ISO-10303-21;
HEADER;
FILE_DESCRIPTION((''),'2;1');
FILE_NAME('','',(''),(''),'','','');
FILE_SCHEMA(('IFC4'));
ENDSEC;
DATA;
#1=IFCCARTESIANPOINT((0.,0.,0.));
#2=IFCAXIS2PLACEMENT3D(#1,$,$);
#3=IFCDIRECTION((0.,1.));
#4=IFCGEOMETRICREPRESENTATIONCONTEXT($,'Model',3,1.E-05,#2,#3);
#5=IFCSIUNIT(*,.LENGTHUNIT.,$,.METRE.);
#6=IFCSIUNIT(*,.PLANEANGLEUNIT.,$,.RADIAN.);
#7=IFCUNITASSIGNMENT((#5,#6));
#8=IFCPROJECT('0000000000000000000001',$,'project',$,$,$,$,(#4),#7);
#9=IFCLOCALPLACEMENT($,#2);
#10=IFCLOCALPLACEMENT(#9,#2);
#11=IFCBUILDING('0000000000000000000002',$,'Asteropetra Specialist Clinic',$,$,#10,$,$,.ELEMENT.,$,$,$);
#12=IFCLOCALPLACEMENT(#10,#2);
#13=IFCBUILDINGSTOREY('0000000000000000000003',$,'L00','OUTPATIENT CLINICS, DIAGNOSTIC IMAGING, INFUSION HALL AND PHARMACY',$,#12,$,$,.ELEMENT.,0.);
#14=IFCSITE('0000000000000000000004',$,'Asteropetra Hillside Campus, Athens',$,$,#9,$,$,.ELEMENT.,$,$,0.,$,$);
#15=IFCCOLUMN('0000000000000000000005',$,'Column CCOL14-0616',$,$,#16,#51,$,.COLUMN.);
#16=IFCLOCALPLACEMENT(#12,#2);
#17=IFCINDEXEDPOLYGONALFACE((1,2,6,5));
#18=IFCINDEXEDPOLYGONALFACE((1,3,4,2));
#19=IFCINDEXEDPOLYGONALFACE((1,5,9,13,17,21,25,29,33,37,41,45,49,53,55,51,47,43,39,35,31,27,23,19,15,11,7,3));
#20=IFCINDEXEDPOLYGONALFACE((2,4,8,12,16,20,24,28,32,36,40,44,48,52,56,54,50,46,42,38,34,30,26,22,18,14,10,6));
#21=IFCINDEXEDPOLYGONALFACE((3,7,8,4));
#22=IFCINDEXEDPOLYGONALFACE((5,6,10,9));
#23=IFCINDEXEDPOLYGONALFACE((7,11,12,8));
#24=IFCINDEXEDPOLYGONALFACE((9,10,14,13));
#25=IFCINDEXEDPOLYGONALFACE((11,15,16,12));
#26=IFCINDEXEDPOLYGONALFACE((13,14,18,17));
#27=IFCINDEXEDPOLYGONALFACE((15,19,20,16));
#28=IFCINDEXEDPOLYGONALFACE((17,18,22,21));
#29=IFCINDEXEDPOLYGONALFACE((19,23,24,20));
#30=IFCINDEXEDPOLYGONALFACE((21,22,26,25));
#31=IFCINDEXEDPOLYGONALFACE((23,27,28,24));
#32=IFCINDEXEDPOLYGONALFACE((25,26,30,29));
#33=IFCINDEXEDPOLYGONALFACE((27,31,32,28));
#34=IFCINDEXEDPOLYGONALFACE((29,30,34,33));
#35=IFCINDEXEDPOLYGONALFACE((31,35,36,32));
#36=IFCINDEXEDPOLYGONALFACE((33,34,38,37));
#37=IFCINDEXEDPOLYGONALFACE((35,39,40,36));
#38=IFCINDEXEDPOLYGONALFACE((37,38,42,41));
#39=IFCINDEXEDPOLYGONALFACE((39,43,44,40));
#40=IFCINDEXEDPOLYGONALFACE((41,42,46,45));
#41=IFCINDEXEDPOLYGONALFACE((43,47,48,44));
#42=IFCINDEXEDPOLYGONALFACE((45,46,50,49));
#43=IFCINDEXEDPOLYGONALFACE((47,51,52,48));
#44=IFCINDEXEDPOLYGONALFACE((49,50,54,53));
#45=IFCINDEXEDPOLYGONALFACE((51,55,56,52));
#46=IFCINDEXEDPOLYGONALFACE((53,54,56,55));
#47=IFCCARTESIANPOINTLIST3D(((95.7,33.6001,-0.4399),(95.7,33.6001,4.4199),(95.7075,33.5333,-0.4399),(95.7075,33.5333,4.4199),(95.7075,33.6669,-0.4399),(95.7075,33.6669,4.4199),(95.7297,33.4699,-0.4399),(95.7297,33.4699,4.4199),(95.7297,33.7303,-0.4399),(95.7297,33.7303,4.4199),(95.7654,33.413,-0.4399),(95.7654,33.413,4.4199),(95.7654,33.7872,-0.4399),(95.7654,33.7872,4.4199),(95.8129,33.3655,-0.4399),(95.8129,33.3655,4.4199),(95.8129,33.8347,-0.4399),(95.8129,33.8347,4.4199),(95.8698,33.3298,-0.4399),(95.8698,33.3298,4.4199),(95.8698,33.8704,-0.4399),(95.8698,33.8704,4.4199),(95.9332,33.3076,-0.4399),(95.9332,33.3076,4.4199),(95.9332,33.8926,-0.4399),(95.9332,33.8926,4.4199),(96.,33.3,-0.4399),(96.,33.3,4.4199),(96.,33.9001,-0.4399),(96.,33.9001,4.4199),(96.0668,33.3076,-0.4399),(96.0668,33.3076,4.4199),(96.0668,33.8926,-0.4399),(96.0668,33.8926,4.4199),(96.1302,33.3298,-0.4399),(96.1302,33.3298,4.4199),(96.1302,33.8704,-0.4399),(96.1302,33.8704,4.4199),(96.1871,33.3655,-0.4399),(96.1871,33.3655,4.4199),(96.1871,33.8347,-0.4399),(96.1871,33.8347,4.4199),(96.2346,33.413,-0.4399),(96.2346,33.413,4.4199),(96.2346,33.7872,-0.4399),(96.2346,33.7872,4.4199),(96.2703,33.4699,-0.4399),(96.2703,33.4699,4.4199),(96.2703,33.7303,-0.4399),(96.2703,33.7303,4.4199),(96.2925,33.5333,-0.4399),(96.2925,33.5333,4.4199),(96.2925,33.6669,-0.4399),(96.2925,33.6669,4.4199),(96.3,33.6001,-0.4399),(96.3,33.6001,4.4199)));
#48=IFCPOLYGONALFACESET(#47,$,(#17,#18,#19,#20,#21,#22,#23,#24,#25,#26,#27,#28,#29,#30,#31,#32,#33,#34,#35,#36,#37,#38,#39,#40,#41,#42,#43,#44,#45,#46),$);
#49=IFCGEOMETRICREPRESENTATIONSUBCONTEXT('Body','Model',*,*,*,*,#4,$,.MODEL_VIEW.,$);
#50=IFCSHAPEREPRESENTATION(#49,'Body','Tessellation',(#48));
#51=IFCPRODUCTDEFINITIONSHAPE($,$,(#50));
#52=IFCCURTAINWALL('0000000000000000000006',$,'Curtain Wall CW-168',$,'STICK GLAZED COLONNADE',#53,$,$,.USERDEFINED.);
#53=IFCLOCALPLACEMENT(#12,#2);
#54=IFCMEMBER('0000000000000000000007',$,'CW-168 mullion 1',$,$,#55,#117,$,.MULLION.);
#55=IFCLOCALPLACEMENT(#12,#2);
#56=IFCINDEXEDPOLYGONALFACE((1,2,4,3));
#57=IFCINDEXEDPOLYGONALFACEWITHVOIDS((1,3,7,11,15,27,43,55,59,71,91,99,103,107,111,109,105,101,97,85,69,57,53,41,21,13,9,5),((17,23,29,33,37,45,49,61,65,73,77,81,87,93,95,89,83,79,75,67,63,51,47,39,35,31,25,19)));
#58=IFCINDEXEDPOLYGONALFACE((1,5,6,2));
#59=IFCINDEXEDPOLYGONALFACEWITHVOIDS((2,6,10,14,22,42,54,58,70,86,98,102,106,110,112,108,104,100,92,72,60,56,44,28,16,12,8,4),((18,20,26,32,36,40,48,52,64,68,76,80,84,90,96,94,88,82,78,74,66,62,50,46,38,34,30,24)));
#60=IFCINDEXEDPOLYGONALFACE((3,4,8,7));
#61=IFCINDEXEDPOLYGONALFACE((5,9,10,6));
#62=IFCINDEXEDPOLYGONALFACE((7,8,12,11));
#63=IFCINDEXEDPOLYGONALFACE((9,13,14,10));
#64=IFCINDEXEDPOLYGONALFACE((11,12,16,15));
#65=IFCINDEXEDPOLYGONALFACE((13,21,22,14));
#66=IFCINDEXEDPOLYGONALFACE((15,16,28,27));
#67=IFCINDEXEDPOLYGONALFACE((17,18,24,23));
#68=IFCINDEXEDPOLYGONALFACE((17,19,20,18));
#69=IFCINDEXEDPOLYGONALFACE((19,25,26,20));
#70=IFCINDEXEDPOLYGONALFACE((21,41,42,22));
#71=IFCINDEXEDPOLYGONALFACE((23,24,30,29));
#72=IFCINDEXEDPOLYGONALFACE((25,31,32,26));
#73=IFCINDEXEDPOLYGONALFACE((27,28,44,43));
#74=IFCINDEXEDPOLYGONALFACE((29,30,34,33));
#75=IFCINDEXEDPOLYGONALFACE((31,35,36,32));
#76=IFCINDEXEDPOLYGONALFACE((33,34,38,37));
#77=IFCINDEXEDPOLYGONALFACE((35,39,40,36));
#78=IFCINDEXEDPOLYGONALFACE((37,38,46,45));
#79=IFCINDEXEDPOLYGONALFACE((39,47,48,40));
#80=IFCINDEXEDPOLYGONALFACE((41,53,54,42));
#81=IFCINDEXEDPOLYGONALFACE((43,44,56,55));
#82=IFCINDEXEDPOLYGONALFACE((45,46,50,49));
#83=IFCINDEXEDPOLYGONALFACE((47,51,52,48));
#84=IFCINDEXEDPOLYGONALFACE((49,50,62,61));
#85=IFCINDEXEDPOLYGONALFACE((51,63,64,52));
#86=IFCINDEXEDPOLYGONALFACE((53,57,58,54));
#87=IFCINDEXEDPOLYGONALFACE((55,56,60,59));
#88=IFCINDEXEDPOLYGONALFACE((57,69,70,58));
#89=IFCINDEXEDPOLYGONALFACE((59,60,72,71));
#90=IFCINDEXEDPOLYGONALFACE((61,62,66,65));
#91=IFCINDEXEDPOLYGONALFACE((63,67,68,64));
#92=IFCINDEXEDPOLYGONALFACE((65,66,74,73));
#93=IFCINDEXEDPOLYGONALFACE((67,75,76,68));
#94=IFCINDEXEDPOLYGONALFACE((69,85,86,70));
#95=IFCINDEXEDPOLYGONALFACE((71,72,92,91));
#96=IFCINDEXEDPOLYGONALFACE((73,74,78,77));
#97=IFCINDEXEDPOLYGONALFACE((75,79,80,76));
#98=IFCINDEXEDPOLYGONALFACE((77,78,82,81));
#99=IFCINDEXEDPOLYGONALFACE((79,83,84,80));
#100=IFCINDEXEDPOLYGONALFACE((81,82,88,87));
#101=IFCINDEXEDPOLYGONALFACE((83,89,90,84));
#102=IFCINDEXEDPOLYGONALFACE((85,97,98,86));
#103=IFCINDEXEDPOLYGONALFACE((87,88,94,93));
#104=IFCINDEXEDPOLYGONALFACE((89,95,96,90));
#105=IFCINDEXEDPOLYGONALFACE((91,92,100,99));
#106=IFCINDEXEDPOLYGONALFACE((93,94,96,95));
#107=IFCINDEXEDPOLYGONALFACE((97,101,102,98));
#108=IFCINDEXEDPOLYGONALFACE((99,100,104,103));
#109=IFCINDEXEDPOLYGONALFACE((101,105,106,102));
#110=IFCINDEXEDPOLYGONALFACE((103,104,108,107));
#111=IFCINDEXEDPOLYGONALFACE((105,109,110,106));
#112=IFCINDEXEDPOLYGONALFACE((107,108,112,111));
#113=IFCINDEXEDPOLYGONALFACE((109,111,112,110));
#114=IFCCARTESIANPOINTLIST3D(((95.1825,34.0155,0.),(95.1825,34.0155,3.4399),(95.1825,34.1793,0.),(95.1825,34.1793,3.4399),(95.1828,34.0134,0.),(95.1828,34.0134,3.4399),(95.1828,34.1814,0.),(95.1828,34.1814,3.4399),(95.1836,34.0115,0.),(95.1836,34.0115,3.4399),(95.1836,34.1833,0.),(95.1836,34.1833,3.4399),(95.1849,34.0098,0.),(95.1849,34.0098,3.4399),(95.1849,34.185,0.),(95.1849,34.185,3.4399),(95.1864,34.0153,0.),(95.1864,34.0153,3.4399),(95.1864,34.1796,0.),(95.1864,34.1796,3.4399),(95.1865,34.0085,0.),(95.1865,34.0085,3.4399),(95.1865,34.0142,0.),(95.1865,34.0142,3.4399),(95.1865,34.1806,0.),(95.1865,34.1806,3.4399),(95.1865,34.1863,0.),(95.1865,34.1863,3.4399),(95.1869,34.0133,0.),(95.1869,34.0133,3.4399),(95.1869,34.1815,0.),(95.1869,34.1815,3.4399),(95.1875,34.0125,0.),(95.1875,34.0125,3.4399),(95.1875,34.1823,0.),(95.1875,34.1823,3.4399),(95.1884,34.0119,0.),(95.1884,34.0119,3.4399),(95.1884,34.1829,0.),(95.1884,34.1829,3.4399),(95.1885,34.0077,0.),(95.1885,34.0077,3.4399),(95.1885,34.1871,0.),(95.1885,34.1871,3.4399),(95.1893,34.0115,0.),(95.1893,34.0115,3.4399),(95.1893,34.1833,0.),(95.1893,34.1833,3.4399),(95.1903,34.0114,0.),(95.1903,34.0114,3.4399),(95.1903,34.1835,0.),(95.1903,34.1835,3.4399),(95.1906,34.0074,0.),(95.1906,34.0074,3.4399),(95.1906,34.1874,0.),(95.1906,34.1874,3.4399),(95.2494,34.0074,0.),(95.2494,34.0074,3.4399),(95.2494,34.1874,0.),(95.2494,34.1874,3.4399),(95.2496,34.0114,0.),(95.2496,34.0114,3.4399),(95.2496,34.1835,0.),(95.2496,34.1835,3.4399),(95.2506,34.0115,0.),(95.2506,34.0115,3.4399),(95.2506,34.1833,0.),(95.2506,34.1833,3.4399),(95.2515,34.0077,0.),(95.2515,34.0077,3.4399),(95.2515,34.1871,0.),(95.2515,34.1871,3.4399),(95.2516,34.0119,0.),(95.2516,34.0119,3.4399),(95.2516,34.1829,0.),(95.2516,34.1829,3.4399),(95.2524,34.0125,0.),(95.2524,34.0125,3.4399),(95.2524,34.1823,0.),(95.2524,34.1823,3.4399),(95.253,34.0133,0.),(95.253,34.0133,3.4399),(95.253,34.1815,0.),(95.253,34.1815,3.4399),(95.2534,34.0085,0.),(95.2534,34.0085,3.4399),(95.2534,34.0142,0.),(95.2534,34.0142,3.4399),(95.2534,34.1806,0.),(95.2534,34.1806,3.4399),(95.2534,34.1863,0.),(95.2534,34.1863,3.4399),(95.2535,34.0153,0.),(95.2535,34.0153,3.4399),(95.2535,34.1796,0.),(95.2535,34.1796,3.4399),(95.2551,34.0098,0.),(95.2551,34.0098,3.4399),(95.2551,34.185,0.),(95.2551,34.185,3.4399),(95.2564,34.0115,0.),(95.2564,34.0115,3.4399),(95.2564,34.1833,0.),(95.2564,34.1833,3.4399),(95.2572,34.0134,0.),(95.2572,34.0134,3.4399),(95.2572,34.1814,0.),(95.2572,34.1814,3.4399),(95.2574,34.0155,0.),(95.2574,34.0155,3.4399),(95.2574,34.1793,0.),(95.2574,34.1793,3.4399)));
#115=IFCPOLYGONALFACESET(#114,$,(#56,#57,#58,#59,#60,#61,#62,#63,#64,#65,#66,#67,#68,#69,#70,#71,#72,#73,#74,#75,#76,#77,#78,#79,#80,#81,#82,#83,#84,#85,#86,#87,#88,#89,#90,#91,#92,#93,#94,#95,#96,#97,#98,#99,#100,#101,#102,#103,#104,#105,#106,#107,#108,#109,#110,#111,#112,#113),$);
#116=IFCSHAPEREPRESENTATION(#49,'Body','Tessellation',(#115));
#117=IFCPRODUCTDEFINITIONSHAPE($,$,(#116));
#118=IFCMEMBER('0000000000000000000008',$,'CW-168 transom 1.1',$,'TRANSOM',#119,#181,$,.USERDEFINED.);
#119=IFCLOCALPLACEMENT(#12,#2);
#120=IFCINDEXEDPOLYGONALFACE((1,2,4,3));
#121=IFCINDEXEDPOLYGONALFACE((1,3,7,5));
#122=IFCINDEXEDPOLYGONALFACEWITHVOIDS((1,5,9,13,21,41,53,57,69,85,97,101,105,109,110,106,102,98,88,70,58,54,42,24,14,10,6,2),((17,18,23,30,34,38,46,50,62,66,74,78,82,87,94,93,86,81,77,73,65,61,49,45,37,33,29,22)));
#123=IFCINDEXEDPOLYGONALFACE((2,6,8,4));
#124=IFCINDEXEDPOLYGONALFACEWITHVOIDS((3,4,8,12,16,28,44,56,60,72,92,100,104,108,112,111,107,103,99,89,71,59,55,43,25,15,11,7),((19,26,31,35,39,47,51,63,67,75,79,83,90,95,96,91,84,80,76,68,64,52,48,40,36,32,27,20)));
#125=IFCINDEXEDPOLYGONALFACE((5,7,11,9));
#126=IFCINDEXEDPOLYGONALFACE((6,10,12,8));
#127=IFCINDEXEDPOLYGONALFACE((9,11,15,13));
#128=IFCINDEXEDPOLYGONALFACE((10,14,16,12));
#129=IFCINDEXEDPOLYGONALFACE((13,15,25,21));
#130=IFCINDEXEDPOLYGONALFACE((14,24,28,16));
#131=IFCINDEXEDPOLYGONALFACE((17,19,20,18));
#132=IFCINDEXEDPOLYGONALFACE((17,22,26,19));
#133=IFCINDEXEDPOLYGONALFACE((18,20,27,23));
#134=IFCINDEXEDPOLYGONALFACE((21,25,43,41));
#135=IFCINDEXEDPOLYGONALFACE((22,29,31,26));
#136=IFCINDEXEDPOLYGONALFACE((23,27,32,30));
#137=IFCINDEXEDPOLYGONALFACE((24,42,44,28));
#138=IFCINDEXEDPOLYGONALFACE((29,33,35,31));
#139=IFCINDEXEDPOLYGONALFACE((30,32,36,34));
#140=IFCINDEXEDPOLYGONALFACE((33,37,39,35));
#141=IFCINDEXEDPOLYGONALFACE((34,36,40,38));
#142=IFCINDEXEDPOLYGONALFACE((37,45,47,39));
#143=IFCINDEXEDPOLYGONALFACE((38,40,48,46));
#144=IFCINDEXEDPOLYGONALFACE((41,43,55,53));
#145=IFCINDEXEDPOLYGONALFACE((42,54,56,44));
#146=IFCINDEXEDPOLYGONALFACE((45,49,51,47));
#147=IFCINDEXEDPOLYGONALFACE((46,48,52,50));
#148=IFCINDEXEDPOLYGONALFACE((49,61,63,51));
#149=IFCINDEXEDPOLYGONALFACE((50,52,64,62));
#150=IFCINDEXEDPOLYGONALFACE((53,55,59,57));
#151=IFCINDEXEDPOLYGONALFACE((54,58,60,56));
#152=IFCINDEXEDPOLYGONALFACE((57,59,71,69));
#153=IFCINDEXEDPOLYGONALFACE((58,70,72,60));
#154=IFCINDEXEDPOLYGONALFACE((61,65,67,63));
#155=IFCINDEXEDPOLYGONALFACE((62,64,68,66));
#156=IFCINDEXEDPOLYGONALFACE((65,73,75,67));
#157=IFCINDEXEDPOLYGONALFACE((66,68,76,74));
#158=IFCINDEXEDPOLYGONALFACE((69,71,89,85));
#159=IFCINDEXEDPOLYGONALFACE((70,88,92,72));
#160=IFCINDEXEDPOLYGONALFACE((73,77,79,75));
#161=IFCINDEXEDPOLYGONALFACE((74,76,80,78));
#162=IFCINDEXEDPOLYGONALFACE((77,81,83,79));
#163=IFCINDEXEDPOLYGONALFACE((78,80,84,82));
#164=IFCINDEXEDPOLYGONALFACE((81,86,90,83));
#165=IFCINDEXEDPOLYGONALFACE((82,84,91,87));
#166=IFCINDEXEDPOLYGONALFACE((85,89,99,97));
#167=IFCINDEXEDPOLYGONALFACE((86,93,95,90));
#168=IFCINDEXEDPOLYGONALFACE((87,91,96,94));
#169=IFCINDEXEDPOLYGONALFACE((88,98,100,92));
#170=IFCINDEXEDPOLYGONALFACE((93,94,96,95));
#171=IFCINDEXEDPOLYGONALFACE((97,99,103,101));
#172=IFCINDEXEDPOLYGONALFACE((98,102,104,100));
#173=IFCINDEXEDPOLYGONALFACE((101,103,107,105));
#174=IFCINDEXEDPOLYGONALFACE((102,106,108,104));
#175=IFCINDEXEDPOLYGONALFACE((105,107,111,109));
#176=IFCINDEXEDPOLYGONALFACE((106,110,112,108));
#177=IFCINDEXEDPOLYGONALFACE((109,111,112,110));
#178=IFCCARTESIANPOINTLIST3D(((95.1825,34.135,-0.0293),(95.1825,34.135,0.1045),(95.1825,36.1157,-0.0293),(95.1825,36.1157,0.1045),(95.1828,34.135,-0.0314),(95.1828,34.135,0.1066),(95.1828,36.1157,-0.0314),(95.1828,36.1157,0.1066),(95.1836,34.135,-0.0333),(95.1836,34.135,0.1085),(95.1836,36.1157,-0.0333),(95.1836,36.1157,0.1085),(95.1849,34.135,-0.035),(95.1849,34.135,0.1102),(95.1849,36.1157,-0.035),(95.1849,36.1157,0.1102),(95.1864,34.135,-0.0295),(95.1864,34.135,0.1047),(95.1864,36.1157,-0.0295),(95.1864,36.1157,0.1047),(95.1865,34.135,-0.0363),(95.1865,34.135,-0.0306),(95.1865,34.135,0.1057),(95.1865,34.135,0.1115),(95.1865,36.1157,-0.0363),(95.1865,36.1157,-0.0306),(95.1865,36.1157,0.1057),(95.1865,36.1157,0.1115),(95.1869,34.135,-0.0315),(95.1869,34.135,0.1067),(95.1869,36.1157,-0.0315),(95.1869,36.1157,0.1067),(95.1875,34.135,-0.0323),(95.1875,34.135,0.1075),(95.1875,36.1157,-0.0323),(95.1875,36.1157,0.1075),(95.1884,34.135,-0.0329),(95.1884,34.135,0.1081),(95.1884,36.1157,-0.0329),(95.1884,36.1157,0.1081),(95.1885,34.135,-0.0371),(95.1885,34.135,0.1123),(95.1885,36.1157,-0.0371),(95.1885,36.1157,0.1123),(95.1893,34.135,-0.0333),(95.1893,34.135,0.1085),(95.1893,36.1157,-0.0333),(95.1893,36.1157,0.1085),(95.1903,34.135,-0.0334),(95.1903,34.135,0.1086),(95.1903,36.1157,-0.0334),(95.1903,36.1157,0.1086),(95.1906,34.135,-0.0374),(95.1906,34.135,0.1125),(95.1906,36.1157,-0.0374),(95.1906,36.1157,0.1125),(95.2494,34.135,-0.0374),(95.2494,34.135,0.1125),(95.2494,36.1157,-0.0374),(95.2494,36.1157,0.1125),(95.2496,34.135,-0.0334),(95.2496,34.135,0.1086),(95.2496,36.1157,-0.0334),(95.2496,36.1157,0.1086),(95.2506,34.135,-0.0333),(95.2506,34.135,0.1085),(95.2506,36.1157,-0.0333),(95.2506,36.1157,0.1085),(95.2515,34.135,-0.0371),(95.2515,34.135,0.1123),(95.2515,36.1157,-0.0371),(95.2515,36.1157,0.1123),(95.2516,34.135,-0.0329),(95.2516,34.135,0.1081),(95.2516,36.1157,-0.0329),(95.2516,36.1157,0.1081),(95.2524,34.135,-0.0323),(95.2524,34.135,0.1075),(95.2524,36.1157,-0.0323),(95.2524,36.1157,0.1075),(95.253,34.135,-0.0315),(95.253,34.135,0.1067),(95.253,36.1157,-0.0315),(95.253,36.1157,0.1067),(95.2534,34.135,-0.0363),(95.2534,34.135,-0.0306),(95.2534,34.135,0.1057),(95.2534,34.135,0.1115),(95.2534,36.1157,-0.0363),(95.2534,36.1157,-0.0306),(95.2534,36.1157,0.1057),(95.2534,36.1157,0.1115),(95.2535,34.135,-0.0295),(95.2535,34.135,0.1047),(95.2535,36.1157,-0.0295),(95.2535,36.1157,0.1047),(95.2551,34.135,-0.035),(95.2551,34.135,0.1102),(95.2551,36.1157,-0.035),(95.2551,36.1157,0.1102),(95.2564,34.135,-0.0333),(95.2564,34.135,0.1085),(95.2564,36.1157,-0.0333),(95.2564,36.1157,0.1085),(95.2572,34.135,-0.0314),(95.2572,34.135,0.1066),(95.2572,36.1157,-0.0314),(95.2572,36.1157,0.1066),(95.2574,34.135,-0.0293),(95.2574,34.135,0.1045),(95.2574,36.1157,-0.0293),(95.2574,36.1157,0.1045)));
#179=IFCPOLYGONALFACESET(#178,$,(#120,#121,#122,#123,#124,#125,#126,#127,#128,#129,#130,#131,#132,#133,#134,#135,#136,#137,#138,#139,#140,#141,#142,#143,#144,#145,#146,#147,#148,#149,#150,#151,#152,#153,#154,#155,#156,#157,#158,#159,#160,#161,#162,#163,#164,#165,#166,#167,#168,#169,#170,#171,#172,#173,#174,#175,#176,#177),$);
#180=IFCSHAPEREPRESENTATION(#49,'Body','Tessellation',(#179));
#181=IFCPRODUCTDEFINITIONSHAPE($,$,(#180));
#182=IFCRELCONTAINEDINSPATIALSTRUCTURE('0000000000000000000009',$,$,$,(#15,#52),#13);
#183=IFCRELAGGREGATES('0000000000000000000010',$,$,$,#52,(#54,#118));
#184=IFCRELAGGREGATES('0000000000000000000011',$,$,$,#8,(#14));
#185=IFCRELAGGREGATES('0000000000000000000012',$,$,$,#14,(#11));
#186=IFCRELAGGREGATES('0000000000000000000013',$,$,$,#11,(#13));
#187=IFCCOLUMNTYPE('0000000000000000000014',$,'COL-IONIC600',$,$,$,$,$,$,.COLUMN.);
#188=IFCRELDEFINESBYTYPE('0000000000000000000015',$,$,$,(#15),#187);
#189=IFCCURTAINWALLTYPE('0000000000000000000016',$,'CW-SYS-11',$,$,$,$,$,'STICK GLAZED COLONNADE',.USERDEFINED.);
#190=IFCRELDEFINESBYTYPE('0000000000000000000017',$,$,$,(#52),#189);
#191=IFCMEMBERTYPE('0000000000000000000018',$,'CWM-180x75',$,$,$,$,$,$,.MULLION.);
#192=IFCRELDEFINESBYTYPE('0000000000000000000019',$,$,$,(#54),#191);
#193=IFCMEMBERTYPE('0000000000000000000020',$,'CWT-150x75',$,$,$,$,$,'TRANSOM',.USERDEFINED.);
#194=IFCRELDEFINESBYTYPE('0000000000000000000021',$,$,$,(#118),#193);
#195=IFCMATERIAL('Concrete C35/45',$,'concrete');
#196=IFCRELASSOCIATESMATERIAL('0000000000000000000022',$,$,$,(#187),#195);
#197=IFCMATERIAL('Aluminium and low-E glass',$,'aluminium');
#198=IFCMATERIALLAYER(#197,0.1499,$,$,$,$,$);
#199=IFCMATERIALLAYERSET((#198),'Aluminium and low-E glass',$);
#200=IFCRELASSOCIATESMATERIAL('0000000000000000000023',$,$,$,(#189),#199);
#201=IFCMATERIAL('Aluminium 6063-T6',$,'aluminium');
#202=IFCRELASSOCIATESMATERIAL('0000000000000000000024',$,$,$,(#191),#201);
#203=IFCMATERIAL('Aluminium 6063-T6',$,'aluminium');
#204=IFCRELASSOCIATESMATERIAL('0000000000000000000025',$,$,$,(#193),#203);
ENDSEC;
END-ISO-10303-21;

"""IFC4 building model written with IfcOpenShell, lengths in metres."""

from ifc_helpers import new_model, si_unit, direction, frame, origin, origin_2d, place, context, subcontext, project, spatial, hollow_rectangle, circle, extrude, material, layer, layer_set, material_profile, profile_set, type_object, element, aggregate, save


model = new_model("IFC4")

# Units and contexts
model_context = context("Model", 3, precision=1e-05, world=origin(), true_north=direction((0.0, 1.0)))
body_context = subcontext(model_context, "Body", "Model", "MODEL_VIEW")
ifc_project = project(units=[si_unit("LENGTHUNIT", "METRE"), si_unit("PLANEANGLEUNIT", "RADIAN")], contexts=[model_context])

# Site, building, storey
site_placement = place(None, origin())
site = spatial("IfcSite", under=ifc_project, at=site_placement, Name="Asteropetra Hillside Campus, Athens", CompositionType="ELEMENT", RefElevation=0.0)
building_placement = place(site_placement, origin())
building = spatial("IfcBuilding", under=site, at=building_placement, Name="Asteropetra Specialist Clinic", CompositionType="ELEMENT")
storey_placement = place(building_placement, origin())
storey = spatial("IfcBuildingStorey", under=building, at=storey_placement, Name="L00", Description="OUTPATIENT CLINICS, DIAGNOSTIC IMAGING, INFUSION HALL AND PHARMACY", CompositionType="ELEMENT", Elevation=0.0)

# Column
ifc_material_1 = material(Name="Concrete C35/45", Category="concrete")
ifc_material_profile_1 = material_profile(ifc_material_1, circle(Radius=0.3, at=origin_2d()), Name="RCC D600")
ifc_profile_set_1 = profile_set([ifc_material_profile_1], Name="Concrete C35/45")
column_type = type_object("IfcColumnType", Name="COL-IONIC600", PredefinedType="COLUMN", material=ifc_profile_set_1)
for number, where, z_axis, x_axis, name in (
    (1, (96.0, 33.6001, -0.4399), (0.0, 0.0, 1.0), (1.0, 0.0, 0.0), "Column CCOL14-0616"),
):
    element("IfcColumn", number, at=place(storey_placement, frame(where, z_axis=z_axis, x_axis=x_axis)), inside=storey, type_object=column_type, Name=name, PredefinedType="COLUMN", context=body_context, shape_type="SweptSolid", body=[
        extrude(circle(Radius=0.3, at=origin_2d()), origin(), (0.0, 0.0, 1.0), 4.8599),
    ])

# Curtain wall, members
ifc_material_2 = material(Name="Aluminium and low-E glass", Category="aluminium")
ifc_layer_1 = layer(ifc_material_2, 0.1499)
ifc_layer_set_1 = layer_set([ifc_layer_1], Name="Aluminium and low-E glass")
curtain_wall_type = type_object("IfcCurtainWallType", Name="CW-SYS-11", ElementType="STICK GLAZED COLONNADE", PredefinedType="USERDEFINED", material=ifc_layer_set_1)
curtain_wall_placement = place(storey_placement, origin())
curtain_wall = element("IfcCurtainWall", 2, at=curtain_wall_placement, inside=storey, type_object=curtain_wall_type, Name="Curtain Wall CW-168", ObjectType="STICK GLAZED COLONNADE", PredefinedType="USERDEFINED")
ifc_material_3 = material(Name="Aluminium 6063-T6", Category="aluminium")
ifc_material_profile_2 = material_profile(ifc_material_3, hollow_rectangle(XDim=0.075, YDim=0.1799, WallThickness=0.0039, InnerFilletRadius=0.0039, OuterFilletRadius=0.0081, at=origin_2d()), Name="MUL 180x75x4.0")
ifc_profile_set_2 = profile_set([ifc_material_profile_2], Name="Aluminium 6063-T6")
member_type_1 = type_object("IfcMemberType", Name="CWM-180x75", PredefinedType="MULLION", material=ifc_profile_set_2)
member_1_placement = place(storey_placement, frame((95.22, 34.0974, 0.0), z_axis=(0.0, 0.0, 1.0), x_axis=(-1.0, 0.0, 0.0)))
member_1 = element("IfcMember", 3, at=member_1_placement, type_object=member_type_1, Name="CW-168 mullion 1", PredefinedType="MULLION", context=body_context, shape_type="SweptSolid", body=[
    extrude(hollow_rectangle(XDim=0.075, YDim=0.1799, WallThickness=0.0039, InnerFilletRadius=0.0039, OuterFilletRadius=0.0081, at=origin_2d()), origin(), (0.0, 0.0, 1.0), 3.4399),
])
ifc_material_4 = material(Name="Aluminium 6063-T6", Category="aluminium")
ifc_material_profile_3 = material_profile(ifc_material_4, hollow_rectangle(XDim=0.075, YDim=0.1499, WallThickness=0.0039, InnerFilletRadius=0.0039, OuterFilletRadius=0.0081, at=origin_2d()), Name="TRN 150x75x4.0")
ifc_profile_set_3 = profile_set([ifc_material_profile_3], Name="Aluminium 6063-T6")
member_type_2 = type_object("IfcMemberType", Name="CWT-150x75", ElementType="TRANSOM", PredefinedType="USERDEFINED", material=ifc_profile_set_3)
member_2_placement = place(storey_placement, frame((95.22, 34.135, 0.0376), z_axis=(0.0, 1.0, 0.0), x_axis=(-1.0, 0.0, 0.0)))
member_2 = element("IfcMember", 4, at=member_2_placement, type_object=member_type_2, Name="CW-168 transom 1.1", ObjectType="TRANSOM", PredefinedType="USERDEFINED", context=body_context, shape_type="SweptSolid", body=[
    extrude(hollow_rectangle(XDim=0.075, YDim=0.1499, WallThickness=0.0039, InnerFilletRadius=0.0039, OuterFilletRadius=0.0081, at=origin_2d()), origin(), (0.0, 0.0, 1.0), 1.9807),
])
aggregate(curtain_wall, [member_1, member_2])

save(model, "model.ifc")
